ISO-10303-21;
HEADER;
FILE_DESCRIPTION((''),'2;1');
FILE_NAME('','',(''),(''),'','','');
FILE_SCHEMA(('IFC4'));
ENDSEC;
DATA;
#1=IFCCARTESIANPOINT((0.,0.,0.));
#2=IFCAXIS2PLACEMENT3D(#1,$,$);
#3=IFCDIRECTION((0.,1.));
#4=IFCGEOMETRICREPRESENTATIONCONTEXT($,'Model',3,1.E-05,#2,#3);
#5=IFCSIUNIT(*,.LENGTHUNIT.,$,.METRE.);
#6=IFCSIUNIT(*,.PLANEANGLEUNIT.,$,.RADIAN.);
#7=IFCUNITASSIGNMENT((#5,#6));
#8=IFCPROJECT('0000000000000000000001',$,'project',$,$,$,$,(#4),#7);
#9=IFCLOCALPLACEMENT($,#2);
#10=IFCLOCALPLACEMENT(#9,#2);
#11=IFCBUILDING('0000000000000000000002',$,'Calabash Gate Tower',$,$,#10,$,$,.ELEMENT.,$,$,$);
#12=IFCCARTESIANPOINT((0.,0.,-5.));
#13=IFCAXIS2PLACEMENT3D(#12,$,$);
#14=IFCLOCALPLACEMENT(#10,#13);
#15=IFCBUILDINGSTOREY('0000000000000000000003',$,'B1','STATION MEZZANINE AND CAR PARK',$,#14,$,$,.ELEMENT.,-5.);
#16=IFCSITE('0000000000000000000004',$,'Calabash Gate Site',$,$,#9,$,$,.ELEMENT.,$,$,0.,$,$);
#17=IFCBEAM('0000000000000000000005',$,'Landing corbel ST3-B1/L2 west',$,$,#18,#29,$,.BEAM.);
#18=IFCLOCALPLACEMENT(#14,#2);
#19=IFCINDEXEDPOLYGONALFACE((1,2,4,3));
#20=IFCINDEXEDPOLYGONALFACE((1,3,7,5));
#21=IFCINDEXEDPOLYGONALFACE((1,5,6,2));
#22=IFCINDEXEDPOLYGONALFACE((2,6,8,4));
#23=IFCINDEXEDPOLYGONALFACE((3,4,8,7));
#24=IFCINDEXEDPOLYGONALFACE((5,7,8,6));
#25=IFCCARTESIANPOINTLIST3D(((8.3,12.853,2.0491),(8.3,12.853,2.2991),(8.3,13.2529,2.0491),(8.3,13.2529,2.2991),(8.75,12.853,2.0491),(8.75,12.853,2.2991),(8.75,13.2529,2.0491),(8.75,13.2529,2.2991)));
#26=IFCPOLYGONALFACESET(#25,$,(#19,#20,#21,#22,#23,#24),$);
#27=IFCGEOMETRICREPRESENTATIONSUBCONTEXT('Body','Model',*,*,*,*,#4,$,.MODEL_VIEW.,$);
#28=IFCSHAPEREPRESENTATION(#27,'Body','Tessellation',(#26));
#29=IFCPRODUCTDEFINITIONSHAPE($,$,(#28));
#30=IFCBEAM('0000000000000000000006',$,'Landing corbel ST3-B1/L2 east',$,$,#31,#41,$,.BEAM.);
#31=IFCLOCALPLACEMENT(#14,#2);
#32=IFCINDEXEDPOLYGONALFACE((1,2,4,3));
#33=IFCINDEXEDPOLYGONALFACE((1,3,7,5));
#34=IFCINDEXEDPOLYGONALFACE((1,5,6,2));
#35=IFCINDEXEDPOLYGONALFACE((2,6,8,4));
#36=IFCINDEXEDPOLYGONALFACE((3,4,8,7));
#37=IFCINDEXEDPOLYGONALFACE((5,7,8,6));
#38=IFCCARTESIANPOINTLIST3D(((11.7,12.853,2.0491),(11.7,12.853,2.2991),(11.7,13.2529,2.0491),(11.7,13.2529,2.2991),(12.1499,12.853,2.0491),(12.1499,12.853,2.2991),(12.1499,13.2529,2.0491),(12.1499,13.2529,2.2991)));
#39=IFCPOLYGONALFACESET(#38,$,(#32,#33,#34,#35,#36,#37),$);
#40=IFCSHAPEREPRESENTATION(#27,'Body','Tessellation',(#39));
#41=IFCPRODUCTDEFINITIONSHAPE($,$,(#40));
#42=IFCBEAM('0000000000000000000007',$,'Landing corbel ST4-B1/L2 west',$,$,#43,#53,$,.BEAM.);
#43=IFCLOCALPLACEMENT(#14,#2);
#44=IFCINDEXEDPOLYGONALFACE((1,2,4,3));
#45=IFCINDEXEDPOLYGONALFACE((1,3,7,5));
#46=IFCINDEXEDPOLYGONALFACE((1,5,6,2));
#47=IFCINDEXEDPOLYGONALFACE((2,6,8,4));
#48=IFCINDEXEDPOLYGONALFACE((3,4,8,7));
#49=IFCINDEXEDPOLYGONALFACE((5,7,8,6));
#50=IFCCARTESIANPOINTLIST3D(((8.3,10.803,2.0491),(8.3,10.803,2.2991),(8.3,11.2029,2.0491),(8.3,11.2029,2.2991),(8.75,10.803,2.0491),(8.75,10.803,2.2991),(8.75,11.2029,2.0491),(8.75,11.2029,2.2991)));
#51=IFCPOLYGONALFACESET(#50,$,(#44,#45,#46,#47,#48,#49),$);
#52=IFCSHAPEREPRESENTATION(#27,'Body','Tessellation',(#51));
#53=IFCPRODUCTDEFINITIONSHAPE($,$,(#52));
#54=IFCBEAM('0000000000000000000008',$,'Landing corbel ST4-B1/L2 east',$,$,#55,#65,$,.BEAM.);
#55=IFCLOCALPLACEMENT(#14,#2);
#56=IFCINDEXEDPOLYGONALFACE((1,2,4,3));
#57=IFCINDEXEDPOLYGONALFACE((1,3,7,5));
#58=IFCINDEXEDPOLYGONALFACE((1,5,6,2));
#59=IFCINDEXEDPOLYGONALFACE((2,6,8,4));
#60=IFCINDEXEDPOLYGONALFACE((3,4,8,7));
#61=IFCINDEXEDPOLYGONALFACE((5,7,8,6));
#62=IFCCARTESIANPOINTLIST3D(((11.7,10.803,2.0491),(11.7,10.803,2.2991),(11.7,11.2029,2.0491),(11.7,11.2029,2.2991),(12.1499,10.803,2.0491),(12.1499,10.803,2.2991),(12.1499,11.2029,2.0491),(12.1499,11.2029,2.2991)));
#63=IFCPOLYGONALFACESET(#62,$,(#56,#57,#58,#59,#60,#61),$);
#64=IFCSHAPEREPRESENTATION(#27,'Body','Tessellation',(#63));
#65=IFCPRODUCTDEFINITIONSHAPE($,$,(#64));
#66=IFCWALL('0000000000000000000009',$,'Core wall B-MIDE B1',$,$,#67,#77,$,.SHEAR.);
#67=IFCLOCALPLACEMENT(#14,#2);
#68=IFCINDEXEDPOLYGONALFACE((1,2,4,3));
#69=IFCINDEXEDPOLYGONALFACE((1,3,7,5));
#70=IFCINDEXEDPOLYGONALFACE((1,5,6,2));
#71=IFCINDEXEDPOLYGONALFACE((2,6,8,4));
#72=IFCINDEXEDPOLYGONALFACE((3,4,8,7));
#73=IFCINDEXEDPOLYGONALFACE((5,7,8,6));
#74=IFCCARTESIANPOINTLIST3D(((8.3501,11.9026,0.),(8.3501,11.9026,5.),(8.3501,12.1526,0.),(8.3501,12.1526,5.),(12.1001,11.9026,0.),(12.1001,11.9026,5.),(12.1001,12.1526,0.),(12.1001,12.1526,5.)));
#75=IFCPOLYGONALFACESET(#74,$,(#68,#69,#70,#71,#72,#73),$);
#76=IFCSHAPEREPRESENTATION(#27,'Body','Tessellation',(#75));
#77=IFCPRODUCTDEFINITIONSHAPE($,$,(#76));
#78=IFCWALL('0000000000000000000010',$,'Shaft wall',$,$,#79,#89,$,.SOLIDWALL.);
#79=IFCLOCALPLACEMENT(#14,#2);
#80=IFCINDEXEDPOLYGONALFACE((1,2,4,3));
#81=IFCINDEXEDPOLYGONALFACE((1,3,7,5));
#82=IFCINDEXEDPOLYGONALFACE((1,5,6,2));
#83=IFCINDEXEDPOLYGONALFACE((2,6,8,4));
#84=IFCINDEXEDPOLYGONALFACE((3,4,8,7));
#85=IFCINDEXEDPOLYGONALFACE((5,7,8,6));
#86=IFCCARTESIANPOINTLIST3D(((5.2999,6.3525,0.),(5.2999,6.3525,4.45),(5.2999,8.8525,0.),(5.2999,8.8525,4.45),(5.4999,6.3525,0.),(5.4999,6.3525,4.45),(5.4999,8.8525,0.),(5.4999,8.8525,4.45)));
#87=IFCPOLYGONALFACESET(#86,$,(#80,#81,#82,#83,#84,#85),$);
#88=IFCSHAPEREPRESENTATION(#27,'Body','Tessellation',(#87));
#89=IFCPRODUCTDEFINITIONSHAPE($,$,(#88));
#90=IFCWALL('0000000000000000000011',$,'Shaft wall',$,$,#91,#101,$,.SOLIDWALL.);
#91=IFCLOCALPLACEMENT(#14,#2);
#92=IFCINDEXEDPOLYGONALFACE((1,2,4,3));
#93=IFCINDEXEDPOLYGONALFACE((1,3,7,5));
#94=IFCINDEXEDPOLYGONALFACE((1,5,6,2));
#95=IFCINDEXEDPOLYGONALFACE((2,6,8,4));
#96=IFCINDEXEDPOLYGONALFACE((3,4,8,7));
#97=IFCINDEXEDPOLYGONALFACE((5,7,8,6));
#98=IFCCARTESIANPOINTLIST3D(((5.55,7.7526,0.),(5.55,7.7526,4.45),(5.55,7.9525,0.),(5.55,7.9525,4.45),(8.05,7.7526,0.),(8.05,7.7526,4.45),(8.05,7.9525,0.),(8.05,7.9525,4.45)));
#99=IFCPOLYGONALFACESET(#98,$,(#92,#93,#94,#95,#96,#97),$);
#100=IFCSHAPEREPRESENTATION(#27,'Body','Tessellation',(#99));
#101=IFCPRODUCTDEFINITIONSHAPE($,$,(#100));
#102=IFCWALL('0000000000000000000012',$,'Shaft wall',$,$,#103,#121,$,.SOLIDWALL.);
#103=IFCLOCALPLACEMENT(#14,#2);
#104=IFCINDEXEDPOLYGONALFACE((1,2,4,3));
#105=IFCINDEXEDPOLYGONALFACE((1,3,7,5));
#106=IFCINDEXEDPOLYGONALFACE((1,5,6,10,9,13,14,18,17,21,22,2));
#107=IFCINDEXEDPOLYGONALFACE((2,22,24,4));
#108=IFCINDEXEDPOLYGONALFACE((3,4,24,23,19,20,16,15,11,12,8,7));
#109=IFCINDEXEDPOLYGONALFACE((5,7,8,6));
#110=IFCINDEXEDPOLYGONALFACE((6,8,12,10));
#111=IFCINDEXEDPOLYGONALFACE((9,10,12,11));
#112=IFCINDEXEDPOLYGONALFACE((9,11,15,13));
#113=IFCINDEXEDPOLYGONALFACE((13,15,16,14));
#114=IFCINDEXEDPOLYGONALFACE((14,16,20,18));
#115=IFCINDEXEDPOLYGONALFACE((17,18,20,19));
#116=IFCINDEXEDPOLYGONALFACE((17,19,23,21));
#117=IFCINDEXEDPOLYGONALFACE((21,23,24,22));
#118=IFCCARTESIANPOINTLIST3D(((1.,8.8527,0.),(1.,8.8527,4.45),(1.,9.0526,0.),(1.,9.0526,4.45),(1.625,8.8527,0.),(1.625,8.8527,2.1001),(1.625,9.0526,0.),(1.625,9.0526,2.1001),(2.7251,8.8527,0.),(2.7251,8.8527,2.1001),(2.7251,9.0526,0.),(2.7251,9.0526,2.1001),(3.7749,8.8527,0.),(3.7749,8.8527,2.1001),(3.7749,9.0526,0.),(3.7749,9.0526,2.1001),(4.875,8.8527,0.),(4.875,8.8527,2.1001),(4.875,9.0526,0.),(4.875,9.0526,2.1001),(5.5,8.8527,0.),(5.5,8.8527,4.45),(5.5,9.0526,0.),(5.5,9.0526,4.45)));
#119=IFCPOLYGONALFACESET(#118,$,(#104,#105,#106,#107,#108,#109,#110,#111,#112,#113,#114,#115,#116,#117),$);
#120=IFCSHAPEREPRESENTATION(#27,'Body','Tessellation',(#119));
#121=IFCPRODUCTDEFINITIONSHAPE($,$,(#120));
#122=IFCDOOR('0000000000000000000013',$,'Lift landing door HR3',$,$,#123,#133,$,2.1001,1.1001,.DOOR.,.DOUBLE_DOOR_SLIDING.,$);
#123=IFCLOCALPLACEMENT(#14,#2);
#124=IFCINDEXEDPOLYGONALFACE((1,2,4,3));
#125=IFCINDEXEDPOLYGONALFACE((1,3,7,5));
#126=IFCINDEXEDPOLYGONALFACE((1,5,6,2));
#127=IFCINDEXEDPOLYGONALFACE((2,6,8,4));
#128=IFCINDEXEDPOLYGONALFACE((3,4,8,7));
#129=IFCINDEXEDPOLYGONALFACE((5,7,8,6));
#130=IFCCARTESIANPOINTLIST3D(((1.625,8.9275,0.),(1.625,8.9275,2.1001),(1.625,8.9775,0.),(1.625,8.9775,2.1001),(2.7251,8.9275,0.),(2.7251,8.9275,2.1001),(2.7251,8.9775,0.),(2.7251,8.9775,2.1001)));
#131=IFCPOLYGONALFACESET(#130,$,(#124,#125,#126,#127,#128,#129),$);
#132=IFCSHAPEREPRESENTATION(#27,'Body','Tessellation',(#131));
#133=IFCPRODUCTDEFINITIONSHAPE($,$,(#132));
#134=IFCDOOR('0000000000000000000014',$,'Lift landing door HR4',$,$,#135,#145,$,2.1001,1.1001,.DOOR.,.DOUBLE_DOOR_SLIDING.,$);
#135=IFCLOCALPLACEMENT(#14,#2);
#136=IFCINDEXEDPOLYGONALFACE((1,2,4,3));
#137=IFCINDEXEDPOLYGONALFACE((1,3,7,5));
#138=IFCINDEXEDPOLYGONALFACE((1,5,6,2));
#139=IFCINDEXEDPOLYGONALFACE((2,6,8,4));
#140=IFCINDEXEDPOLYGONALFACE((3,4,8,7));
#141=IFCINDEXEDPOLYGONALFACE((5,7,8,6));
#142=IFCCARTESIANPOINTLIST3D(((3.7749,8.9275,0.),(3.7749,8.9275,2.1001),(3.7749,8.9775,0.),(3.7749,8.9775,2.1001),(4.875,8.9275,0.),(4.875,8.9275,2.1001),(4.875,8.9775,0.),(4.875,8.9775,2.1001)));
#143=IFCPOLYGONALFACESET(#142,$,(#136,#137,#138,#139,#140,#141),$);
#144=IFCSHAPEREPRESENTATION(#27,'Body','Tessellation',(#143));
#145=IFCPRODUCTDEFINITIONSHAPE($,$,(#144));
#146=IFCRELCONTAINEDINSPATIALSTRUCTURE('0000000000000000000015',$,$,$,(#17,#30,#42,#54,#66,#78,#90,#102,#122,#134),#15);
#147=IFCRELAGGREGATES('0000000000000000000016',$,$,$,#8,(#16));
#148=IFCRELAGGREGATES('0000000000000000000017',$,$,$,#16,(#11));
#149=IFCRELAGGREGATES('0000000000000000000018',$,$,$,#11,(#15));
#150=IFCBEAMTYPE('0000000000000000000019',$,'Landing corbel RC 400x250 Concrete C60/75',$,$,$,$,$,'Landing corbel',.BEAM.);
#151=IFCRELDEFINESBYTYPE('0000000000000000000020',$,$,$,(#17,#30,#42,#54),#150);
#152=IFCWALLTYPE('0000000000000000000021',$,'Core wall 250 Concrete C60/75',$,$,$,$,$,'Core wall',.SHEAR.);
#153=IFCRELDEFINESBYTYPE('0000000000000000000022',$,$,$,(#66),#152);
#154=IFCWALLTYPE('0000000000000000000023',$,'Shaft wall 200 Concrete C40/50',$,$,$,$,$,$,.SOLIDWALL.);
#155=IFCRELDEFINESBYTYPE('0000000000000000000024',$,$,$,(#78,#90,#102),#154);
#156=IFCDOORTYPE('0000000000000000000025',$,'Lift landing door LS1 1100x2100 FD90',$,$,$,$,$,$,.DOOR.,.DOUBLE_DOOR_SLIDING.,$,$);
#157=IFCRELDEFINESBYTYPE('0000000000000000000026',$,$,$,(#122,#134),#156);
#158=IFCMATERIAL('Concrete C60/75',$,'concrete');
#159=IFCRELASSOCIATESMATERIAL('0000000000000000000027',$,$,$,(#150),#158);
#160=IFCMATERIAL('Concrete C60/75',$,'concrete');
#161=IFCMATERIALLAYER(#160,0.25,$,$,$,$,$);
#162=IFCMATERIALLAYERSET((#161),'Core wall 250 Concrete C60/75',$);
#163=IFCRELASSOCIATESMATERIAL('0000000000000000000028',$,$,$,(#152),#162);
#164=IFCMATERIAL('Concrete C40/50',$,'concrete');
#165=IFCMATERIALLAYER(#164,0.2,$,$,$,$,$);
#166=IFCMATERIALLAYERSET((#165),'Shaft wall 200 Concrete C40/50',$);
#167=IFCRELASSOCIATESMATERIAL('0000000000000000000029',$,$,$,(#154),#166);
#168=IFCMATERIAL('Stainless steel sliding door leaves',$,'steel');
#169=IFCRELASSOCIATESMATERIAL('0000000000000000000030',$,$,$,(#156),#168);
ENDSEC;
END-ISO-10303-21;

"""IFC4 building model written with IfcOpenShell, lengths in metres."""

from ifc_helpers import new_model, si_unit, direction, frame, frame_2d, origin, origin_2d, place, context, subcontext, project, spatial, rectangle, extrude, material, layer, layer_set, material_profile, profile_set, type_object, element, fill, save


model = new_model("IFC4")

# Units and contexts
model_context = context("Model", 3, precision=1e-05, world=origin(), true_north=direction((0.0, 1.0)))
body_context = subcontext(model_context, "Body", "Model", "MODEL_VIEW")
ifc_project = project(units=[si_unit("LENGTHUNIT", "METRE"), si_unit("PLANEANGLEUNIT", "RADIAN")], contexts=[model_context])

# Site, building, storey
site_placement = place(None, origin())
site = spatial("IfcSite", under=ifc_project, at=site_placement, Name="Calabash Gate Site", CompositionType="ELEMENT", RefElevation=0.0)
building_placement = place(site_placement, origin())
building = spatial("IfcBuilding", under=site, at=building_placement, Name="Calabash Gate Tower", CompositionType="ELEMENT")
storey_placement = place(building_placement, frame((0.0, 0.0, -5.0)))
storey = spatial("IfcBuildingStorey", under=building, at=storey_placement, Name="B1", Description="STATION MEZZANINE AND CAR PARK", CompositionType="ELEMENT", Elevation=-5.0)

# Beams
ifc_material_1 = material(Name="Concrete C60/75", Category="concrete")
ifc_material_profile = material_profile(ifc_material_1, rectangle(XDim=0.3999, YDim=0.25, at=origin_2d()))
ifc_profile_set = profile_set([ifc_material_profile], Name="Concrete C60/75")
beam_type = type_object("IfcBeamType", Name="Landing corbel RC 400x250 Concrete C60/75", ElementType="Landing corbel", PredefinedType="BEAM", material=ifc_profile_set)
for number, where, z_axis, x_axis, name in (
    (1, (8.3, 13.053, 2.1741), (1.0, 0.0, 0.0), (0.0, 1.0, 0.0), "Landing corbel ST3-B1/L2 west"),
    (2, (12.1499, 13.053, 2.1741), (-1.0, 0.0, 0.0), (0.0, -1.0, 0.0), "Landing corbel ST3-B1/L2 east"),
    (3, (8.3, 11.0029, 2.1741), (1.0, 0.0, 0.0), (0.0, 1.0, 0.0), "Landing corbel ST4-B1/L2 west"),
    (4, (12.1499, 11.0029, 2.1741), (-1.0, 0.0, 0.0), (0.0, -1.0, 0.0), "Landing corbel ST4-B1/L2 east"),
):
    element("IfcBeam", number, at=place(storey_placement, frame(where, z_axis=z_axis, x_axis=x_axis)), inside=storey, type_object=beam_type, Name=name, PredefinedType="BEAM", context=body_context, shape_type="SweptSolid", body=[
        extrude(rectangle(XDim=0.3999, YDim=0.25, at=origin_2d()), origin(), (0.0, 0.0, 1.0), 0.45),
    ])

# Walls
ifc_material_2 = material(Name="Concrete C60/75", Category="concrete")
ifc_layer_1 = layer(ifc_material_2, 0.25)
ifc_layer_set_1 = layer_set([ifc_layer_1], Name="Core wall 250 Concrete C60/75")
wall_type_1 = type_object("IfcWallType", Name="Core wall 250 Concrete C60/75", ElementType="Core wall", PredefinedType="SHEAR", material=ifc_layer_set_1)
wall_1_placement = place(storey_placement, frame((8.3501, 12.0276, 0.0), z_axis=(0.0, 0.0, 1.0), x_axis=(1.0, 0.0, 0.0)))
element("IfcWall", 5, at=wall_1_placement, inside=storey, type_object=wall_type_1, Name="Core wall B-MIDE B1", PredefinedType="SHEAR", context=body_context, shape_type="SweptSolid", body=[
    extrude(rectangle(XDim=3.75, YDim=0.25, at=frame_2d((1.875, 0.0))), origin(), (0.0, 0.0, 1.0), 5.0),
])
ifc_material_3 = material(Name="Concrete C40/50", Category="concrete")
ifc_layer_2 = layer(ifc_material_3, 0.2)
ifc_layer_set_2 = layer_set([ifc_layer_2], Name="Shaft wall 200 Concrete C40/50")
wall_type_2 = type_object("IfcWallType", Name="Shaft wall 200 Concrete C40/50", PredefinedType="SOLIDWALL", material=ifc_layer_set_2)
for number, where, z_axis, x_axis, name in (
    (6, (5.3999, 6.3525, 0.0), (0.0, 0.0, 1.0), (0.0, 1.0, 0.0), "Shaft wall"),
    (7, (5.55, 7.8525, 0.0), (0.0, 0.0, 1.0), (1.0, 0.0, 0.0), "Shaft wall"),
):
    element("IfcWall", number, at=place(storey_placement, frame(where, z_axis=z_axis, x_axis=x_axis)), inside=storey, type_object=wall_type_2, Name=name, PredefinedType="SOLIDWALL", context=body_context, shape_type="SweptSolid", body=[
        extrude(rectangle(XDim=2.5, YDim=0.2, at=frame_2d((1.25, 0.0))), origin(), (0.0, 0.0, 1.0), 4.45),
    ])

# Wall, openings, doors
wall_2_placement = place(storey_placement, frame((1.0, 8.9526, 0.0), z_axis=(0.0, 0.0, 1.0), x_axis=(1.0, 0.0, 0.0)))
wall_2 = element("IfcWall", 8, at=wall_2_placement, inside=storey, type_object=wall_type_2, Name="Shaft wall", PredefinedType="SOLIDWALL", context=body_context, shape_type="SweptSolid", body=[
    extrude(rectangle(XDim=4.5, YDim=0.2, at=frame_2d((2.25, 0.0))), origin(), (0.0, 0.0, 1.0), 4.45),
])
opening_1_placement = place(wall_2_placement, frame((0.625, 0.0, 0.0)))
opening_1 = element("IfcOpeningElement", 9, at=opening_1_placement, cuts=wall_2, PredefinedType="OPENING", context=body_context, shape_type="SweptSolid", body=[
    extrude(rectangle(XDim=1.1001, YDim=2.1001, at=frame_2d((0.55, 1.05))), frame((0.0, 0.1099, 0.0), z_axis=(0.0, -1.0, 0.0), x_axis=(1.0, 0.0, 0.0)), (0.0, 0.0, 1.0), 0.22),
])
opening_2_placement = place(wall_2_placement, frame((2.7749, 0.0, 0.0)))
opening_2 = element("IfcOpeningElement", 10, at=opening_2_placement, cuts=wall_2, PredefinedType="OPENING", context=body_context, shape_type="SweptSolid", body=[
    extrude(rectangle(XDim=1.1001, YDim=2.1001, at=frame_2d((0.55, 1.05))), frame((0.0, 0.1099, 0.0), z_axis=(0.0, -1.0, 0.0), x_axis=(1.0, 0.0, 0.0)), (0.0, 0.0, 1.0), 0.22),
])
ifc_material_4 = material(Name="Stainless steel sliding door leaves", Category="steel")
door_type_1 = type_object("IfcDoorType", Name="Lift landing door LS1 1100x2100 FD90", OperationType="DOUBLE_DOOR_SLIDING", PredefinedType="DOOR", material=ifc_material_4)
door_1_placement = place(opening_1_placement, origin())
door_1 = element("IfcDoor", 11, at=door_1_placement, inside=storey, type_object=door_type_1, Name="Lift landing door HR3", OperationType="DOUBLE_DOOR_SLIDING", OverallHeight=2.1001, OverallWidth=1.1001, PredefinedType="DOOR", context=body_context, shape_type="SweptSolid", body=[
    extrude(rectangle(XDim=1.1001, YDim=2.1001, at=frame_2d((0.55, 1.05))), frame((0.0, 0.0249, 0.0), z_axis=(0.0, -1.0, 0.0), x_axis=(1.0, 0.0, 0.0)), (0.0, 0.0, 1.0), 0.05),
])
fill(opening_1, door_1)
door_2_placement = place(opening_2_placement, origin())
door_2 = element("IfcDoor", 12, at=door_2_placement, inside=storey, type_object=door_type_1, Name="Lift landing door HR4", OperationType="DOUBLE_DOOR_SLIDING", OverallHeight=2.1001, OverallWidth=1.1001, PredefinedType="DOOR", context=body_context, shape_type="SweptSolid", body=[
    extrude(rectangle(XDim=1.1001, YDim=2.1001, at=frame_2d((0.55, 1.05))), frame((0.0, 0.0249, 0.0), z_axis=(0.0, -1.0, 0.0), x_axis=(1.0, 0.0, 0.0)), (0.0, 0.0, 1.0), 0.05),
])
fill(opening_2, door_2)

save(model, "model.ifc")
